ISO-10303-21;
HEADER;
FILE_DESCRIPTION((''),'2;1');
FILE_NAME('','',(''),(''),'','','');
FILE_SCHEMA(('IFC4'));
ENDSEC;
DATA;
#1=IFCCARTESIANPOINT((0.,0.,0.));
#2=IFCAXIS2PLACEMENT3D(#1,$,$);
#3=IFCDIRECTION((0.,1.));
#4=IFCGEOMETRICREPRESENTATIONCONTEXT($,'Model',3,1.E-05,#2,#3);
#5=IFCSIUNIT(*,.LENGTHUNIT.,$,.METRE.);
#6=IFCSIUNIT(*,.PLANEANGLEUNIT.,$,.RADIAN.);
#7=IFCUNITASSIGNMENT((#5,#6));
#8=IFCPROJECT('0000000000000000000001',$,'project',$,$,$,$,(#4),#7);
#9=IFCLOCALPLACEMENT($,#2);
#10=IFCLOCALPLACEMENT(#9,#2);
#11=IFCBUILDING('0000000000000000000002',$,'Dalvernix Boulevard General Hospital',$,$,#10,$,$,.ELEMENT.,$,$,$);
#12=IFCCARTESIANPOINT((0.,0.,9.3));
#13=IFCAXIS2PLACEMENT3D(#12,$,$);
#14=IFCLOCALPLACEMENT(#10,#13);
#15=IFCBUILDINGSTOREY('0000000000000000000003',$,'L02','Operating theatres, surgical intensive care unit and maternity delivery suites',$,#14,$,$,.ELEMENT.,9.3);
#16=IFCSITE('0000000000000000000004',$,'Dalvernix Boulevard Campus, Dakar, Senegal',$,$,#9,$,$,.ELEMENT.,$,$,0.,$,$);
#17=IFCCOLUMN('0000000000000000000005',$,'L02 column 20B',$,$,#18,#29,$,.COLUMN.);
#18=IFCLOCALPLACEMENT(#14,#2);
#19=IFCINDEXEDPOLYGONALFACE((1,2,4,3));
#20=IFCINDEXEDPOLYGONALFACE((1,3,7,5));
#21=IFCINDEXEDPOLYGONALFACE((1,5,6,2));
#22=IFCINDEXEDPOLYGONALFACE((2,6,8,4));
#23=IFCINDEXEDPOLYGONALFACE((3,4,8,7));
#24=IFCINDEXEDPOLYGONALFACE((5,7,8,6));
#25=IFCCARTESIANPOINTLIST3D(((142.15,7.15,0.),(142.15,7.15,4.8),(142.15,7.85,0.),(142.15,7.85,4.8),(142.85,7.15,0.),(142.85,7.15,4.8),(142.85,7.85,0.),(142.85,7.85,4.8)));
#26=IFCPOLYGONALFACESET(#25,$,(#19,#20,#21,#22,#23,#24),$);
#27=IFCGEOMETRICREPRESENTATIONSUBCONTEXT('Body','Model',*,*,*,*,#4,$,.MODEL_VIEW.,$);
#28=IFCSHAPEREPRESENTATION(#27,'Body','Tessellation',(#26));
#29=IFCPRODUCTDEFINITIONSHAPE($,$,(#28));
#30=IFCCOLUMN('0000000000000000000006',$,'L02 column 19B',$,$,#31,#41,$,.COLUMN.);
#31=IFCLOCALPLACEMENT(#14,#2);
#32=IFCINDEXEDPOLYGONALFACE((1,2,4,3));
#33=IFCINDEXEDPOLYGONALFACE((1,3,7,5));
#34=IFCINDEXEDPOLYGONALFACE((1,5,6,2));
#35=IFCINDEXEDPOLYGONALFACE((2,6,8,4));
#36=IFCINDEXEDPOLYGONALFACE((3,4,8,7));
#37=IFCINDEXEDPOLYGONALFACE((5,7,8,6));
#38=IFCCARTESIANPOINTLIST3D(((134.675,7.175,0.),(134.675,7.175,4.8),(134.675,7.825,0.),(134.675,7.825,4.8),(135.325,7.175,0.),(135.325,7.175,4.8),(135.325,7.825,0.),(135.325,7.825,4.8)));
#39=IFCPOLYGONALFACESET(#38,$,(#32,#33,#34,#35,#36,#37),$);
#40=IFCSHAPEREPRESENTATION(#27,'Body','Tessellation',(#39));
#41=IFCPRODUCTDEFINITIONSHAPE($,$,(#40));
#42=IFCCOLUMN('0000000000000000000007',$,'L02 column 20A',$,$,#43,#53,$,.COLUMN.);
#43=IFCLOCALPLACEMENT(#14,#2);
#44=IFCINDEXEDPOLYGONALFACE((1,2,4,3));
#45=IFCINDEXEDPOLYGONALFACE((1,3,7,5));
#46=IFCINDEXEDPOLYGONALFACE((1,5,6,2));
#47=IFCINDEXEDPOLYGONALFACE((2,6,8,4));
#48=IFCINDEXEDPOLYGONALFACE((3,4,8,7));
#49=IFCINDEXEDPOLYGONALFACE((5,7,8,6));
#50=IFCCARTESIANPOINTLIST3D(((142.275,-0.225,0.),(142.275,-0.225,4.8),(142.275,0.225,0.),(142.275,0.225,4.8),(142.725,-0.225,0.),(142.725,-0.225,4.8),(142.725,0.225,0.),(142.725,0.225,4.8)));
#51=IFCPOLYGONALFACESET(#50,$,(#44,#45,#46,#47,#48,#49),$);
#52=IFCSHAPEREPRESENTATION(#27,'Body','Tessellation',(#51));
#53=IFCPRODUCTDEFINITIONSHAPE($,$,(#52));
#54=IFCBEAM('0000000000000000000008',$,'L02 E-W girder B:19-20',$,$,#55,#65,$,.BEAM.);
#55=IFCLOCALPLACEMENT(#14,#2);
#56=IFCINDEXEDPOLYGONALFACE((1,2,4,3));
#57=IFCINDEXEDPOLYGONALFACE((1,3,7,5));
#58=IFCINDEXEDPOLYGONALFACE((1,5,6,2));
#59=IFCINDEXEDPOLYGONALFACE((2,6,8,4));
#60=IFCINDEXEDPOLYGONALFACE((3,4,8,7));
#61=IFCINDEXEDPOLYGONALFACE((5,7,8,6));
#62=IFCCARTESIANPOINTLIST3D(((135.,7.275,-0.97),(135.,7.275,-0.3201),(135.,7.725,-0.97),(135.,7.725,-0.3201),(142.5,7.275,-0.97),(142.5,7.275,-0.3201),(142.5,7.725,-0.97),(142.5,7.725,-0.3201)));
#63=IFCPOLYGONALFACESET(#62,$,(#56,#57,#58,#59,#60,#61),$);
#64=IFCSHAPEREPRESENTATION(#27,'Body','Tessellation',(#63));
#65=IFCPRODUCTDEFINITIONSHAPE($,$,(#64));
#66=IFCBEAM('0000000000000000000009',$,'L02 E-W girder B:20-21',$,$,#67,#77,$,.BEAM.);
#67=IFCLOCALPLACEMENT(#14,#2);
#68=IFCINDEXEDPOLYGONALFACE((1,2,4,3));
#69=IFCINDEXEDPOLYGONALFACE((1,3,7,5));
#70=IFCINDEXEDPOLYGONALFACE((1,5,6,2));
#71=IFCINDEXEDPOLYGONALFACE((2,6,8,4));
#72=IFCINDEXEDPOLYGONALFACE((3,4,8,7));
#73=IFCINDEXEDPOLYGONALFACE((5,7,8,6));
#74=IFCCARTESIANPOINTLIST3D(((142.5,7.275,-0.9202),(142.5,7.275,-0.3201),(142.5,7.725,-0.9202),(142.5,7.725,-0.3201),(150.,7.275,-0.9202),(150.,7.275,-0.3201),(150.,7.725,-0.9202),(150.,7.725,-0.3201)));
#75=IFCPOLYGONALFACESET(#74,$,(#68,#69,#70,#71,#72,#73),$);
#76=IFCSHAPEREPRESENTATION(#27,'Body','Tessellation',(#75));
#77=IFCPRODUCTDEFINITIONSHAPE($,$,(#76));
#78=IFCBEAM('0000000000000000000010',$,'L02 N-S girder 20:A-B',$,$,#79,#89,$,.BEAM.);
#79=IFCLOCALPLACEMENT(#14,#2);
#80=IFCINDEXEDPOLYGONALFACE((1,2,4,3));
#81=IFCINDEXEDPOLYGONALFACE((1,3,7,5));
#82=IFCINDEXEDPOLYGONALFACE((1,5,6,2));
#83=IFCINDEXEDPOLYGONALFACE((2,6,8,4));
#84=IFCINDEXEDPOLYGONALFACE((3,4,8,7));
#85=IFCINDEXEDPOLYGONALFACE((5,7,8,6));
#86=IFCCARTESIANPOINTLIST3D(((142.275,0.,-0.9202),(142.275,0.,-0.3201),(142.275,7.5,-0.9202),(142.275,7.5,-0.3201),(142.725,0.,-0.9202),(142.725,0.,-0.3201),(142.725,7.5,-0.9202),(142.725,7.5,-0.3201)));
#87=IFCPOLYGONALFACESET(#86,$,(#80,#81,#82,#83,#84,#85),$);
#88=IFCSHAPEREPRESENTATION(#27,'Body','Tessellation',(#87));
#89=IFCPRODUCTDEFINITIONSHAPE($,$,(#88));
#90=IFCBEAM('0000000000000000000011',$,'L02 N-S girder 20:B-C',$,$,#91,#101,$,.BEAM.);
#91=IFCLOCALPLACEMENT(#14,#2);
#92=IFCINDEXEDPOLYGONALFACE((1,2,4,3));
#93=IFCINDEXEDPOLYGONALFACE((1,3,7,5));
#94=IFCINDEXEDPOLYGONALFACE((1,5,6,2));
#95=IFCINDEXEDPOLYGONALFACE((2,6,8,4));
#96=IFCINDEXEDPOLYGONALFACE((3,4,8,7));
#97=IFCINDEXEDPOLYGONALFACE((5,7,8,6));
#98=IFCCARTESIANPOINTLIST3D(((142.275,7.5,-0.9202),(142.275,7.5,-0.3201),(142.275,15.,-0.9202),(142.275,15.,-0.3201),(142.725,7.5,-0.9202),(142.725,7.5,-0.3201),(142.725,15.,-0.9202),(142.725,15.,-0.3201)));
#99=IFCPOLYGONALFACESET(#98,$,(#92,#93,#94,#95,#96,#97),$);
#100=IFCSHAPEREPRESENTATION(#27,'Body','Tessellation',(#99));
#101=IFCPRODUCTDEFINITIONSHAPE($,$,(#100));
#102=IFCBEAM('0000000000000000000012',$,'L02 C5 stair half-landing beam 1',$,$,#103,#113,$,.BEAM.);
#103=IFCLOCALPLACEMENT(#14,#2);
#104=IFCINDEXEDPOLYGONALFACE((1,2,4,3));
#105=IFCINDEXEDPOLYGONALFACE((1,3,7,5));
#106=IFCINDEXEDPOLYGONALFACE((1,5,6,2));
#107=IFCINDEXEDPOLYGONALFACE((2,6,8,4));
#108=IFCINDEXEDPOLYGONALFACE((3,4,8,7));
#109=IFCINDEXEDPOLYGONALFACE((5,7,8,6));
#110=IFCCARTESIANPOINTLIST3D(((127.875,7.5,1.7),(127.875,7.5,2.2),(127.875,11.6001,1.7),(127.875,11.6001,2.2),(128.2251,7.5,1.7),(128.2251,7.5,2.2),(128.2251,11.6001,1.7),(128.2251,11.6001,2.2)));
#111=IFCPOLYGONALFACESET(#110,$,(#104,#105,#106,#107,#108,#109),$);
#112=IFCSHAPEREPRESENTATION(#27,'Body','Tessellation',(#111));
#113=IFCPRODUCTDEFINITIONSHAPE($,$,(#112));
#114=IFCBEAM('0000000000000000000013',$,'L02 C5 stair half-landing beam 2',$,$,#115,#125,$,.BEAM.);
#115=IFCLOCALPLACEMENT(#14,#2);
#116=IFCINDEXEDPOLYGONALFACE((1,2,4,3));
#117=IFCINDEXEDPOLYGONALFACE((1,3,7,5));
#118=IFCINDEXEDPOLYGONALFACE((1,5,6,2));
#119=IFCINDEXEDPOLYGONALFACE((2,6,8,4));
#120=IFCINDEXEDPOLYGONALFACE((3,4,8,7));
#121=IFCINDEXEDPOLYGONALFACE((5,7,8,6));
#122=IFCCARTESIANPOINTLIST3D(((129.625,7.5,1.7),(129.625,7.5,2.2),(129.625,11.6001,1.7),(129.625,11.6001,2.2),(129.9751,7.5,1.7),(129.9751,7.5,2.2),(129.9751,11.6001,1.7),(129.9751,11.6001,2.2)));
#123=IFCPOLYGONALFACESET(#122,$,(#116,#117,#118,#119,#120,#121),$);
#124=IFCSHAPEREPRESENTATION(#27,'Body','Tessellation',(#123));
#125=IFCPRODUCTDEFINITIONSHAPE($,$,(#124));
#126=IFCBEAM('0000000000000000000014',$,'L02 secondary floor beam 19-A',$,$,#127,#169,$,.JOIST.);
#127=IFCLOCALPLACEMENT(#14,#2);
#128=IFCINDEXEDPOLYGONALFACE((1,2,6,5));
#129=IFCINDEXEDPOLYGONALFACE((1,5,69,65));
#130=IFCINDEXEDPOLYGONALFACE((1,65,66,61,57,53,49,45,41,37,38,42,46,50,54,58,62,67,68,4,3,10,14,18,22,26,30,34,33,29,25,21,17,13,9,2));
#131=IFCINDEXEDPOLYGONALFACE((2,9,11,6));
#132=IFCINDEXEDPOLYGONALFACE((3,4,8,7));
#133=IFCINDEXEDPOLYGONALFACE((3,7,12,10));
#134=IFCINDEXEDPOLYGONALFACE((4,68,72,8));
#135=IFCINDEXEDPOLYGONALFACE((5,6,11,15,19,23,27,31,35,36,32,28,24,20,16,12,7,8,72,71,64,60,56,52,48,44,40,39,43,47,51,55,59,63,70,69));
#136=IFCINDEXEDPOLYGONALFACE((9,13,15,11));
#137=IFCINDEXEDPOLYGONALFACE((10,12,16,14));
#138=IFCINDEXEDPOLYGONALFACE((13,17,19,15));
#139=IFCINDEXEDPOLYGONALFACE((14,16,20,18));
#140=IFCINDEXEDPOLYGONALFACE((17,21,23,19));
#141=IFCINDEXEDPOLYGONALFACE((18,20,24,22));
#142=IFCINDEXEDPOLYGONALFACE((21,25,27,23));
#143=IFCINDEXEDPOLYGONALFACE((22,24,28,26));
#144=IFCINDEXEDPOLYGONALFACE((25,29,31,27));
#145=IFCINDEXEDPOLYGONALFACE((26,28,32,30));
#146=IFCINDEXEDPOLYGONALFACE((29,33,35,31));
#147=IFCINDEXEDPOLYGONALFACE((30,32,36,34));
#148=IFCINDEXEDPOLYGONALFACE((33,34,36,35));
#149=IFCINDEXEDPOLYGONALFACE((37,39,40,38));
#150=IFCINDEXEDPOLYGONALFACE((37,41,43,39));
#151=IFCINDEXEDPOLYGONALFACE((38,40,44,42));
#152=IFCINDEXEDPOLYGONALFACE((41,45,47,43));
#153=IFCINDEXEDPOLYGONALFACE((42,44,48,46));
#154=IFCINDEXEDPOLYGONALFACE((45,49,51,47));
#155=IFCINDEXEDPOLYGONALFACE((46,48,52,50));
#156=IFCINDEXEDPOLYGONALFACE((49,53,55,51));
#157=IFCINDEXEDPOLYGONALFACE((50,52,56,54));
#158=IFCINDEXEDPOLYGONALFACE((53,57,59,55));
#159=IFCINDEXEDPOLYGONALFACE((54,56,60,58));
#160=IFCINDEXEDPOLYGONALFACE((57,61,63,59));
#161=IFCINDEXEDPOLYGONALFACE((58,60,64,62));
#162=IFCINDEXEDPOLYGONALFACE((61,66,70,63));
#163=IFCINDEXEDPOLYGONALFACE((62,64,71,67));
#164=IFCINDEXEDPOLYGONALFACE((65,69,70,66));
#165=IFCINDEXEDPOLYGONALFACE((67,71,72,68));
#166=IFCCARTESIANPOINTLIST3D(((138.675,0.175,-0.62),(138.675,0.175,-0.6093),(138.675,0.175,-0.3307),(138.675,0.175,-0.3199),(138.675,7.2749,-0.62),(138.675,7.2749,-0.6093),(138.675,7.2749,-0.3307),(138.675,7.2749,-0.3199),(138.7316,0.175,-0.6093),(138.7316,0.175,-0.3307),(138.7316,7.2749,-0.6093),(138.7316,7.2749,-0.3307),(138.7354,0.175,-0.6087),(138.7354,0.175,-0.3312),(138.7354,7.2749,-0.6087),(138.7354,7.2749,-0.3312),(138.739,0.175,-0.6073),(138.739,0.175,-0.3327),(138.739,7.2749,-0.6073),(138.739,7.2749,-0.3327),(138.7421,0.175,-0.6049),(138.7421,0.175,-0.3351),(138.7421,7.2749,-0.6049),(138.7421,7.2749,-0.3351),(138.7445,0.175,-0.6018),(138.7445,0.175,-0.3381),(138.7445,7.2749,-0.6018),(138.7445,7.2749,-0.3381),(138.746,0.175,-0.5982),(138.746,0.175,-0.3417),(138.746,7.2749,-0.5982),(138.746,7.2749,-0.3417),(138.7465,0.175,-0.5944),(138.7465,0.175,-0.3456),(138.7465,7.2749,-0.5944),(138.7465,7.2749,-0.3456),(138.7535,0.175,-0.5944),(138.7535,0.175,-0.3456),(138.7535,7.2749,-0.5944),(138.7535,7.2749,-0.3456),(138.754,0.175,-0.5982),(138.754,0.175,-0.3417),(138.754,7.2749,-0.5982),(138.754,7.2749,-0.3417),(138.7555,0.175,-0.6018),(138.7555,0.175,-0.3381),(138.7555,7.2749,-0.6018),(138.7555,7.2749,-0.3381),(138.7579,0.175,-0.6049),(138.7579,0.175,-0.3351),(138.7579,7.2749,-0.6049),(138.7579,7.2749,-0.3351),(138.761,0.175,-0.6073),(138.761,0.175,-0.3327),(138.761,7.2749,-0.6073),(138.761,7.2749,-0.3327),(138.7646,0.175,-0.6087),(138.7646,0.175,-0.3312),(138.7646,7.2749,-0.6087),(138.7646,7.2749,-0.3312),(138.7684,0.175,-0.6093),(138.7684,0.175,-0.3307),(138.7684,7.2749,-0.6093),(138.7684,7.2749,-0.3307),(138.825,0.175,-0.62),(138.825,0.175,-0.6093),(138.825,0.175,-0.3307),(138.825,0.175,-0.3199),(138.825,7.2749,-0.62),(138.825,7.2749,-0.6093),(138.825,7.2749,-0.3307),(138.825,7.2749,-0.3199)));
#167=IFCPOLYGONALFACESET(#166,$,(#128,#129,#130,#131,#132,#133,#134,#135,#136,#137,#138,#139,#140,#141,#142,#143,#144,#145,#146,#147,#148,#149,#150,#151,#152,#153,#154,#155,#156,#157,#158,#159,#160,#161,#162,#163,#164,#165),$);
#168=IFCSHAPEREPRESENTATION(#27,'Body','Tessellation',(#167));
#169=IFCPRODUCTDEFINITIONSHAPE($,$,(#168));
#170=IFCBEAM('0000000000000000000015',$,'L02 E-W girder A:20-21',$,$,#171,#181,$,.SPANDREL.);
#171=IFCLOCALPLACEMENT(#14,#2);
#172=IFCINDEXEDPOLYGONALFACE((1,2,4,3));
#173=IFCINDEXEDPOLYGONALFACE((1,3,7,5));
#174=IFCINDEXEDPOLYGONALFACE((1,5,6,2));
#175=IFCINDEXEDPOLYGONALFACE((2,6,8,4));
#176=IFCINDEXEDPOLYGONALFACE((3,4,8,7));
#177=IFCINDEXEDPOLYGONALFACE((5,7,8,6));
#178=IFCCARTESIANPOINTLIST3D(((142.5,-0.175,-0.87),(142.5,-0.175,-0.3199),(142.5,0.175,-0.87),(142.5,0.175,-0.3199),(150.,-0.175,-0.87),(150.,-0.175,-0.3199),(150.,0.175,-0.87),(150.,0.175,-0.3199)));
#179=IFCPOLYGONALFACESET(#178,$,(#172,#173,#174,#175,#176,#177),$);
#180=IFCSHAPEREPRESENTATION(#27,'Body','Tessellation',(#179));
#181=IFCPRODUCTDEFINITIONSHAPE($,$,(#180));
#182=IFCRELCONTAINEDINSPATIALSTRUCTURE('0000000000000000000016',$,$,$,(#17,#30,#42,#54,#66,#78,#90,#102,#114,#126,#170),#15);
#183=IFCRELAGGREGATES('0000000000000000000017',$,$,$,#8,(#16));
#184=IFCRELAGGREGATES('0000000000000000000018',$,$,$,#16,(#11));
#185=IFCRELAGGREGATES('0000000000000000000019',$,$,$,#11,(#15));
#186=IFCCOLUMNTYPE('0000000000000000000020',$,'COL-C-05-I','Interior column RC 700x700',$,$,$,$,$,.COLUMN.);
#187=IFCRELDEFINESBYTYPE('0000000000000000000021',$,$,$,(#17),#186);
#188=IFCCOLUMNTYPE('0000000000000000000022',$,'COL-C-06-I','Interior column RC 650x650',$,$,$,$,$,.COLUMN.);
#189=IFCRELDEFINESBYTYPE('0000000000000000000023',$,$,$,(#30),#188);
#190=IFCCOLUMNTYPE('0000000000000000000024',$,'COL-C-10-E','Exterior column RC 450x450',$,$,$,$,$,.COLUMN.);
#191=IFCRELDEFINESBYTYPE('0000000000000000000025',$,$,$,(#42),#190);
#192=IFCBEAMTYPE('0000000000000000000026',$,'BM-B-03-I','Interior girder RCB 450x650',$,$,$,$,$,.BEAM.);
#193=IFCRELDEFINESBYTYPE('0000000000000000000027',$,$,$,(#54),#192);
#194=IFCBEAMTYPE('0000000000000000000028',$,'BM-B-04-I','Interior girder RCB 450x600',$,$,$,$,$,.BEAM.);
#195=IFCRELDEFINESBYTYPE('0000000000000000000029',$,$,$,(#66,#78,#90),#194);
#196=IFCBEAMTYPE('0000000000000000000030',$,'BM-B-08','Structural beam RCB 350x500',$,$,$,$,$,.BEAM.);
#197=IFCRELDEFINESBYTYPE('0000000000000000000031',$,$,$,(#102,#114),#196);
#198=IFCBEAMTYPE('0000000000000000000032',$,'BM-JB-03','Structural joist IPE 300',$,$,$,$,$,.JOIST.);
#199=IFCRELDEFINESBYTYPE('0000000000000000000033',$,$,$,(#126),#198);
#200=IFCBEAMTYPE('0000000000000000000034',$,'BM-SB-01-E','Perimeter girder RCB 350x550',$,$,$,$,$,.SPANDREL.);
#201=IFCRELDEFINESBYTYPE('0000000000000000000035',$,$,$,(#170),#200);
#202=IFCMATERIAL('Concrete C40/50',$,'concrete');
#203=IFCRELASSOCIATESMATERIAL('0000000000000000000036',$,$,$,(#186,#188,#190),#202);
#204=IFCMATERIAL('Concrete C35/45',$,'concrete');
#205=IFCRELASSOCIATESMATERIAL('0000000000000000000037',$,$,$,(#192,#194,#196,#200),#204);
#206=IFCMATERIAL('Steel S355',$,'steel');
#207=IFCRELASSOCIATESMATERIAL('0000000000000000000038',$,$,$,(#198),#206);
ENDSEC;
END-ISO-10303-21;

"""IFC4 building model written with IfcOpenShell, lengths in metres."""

from ifc_helpers import new_model, si_unit, direction, frame, origin, origin_2d, place, context, subcontext, project, spatial, rectangle, i_section, extrude, material, material_profile, profile_set, type_object, element, save


model = new_model("IFC4")

# Units and contexts
model_context = context("Model", 3, precision=1e-05, world=origin(), true_north=direction((0.0, 1.0)))
body_context = subcontext(model_context, "Body", "Model", "MODEL_VIEW")
ifc_project = project(units=[si_unit("LENGTHUNIT", "METRE"), si_unit("PLANEANGLEUNIT", "RADIAN")], contexts=[model_context])

# Site, building, storey
site_placement = place(None, origin())
site = spatial("IfcSite", under=ifc_project, at=site_placement, Name="Dalvernix Boulevard Campus, Dakar, Senegal", CompositionType="ELEMENT", RefElevation=0.0)
building_placement = place(site_placement, origin())
building = spatial("IfcBuilding", under=site, at=building_placement, Name="Dalvernix Boulevard General Hospital", CompositionType="ELEMENT")
storey_placement = place(building_placement, frame((0.0, 0.0, 9.3)))
storey = spatial("IfcBuildingStorey", under=building, at=storey_placement, Name="L02", Description="Operating theatres, surgical intensive care unit and maternity delivery suites", CompositionType="ELEMENT", Elevation=9.3)

# Columns
ifc_material_1 = material(Name="Concrete C40/50", Category="concrete")
ifc_material_profile_1 = material_profile(ifc_material_1, rectangle(XDim=0.7, YDim=0.7, at=origin_2d()), Name="RC 700x700")
ifc_profile_set_1 = profile_set([ifc_material_profile_1], Name="Concrete C40/50")
column_type_1 = type_object("IfcColumnType", Name="COL-C-05-I", Description="Interior column RC 700x700", PredefinedType="COLUMN", material=ifc_profile_set_1)
column_1_placement = place(storey_placement, frame((142.5, 7.5, 0.0), z_axis=(0.0, 0.0, 1.0), x_axis=(1.0, 0.0, 0.0)))
element("IfcColumn", 1, at=column_1_placement, inside=storey, type_object=column_type_1, Name="L02 column 20B", PredefinedType="COLUMN", context=body_context, shape_type="SweptSolid", body=[
    extrude(rectangle(XDim=0.7, YDim=0.7, at=origin_2d()), origin(), (0.0, 0.0, 1.0), 4.8),
])
ifc_material_profile_2 = material_profile(ifc_material_1, rectangle(XDim=0.6499, YDim=0.6499, at=origin_2d()), Name="RC 650x650")
ifc_profile_set_2 = profile_set([ifc_material_profile_2], Name="Concrete C40/50")
column_type_2 = type_object("IfcColumnType", Name="COL-C-06-I", Description="Interior column RC 650x650", PredefinedType="COLUMN", material=ifc_profile_set_2)
column_2_placement = place(storey_placement, frame((135.0, 7.5, 0.0), z_axis=(0.0, 0.0, 1.0), x_axis=(1.0, 0.0, 0.0)))
element("IfcColumn", 2, at=column_2_placement, inside=storey, type_object=column_type_2, Name="L02 column 19B", PredefinedType="COLUMN", context=body_context, shape_type="SweptSolid", body=[
    extrude(rectangle(XDim=0.6499, YDim=0.6499, at=origin_2d()), origin(), (0.0, 0.0, 1.0), 4.8),
])
ifc_material_profile_3 = material_profile(ifc_material_1, rectangle(XDim=0.45, YDim=0.45, at=origin_2d()), Name="RC 450x450")
ifc_profile_set_3 = profile_set([ifc_material_profile_3], Name="Concrete C40/50")
column_type_3 = type_object("IfcColumnType", Name="COL-C-10-E", Description="Exterior column RC 450x450", PredefinedType="COLUMN", material=ifc_profile_set_3)
column_3_placement = place(storey_placement, frame((142.5, 0.0, 0.0), z_axis=(0.0, 0.0, 1.0), x_axis=(1.0, 0.0, 0.0)))
element("IfcColumn", 3, at=column_3_placement, inside=storey, type_object=column_type_3, Name="L02 column 20A", PredefinedType="COLUMN", context=body_context, shape_type="SweptSolid", body=[
    extrude(rectangle(XDim=0.45, YDim=0.45, at=origin_2d()), origin(), (0.0, 0.0, 1.0), 4.8),
])

# Beams
ifc_material_2 = material(Name="Concrete C35/45", Category="concrete")
ifc_material_profile_4 = material_profile(ifc_material_2, rectangle(XDim=0.45, YDim=0.6499, at=origin_2d()), Name="RCB 450x650")
ifc_profile_set_4 = profile_set([ifc_material_profile_4], Name="Concrete C35/45")
beam_type_1 = type_object("IfcBeamType", Name="BM-B-03-I", Description="Interior girder RCB 450x650", PredefinedType="BEAM", material=ifc_profile_set_4)
beam_1_placement = place(storey_placement, frame((135.0, 7.5, -0.645), z_axis=(1.0, 0.0, 0.0), x_axis=(0.0, 1.0, 0.0)))
element("IfcBeam", 4, at=beam_1_placement, inside=storey, type_object=beam_type_1, Name="L02 E-W girder B:19-20", PredefinedType="BEAM", context=body_context, shape_type="SweptSolid", body=[
    extrude(rectangle(XDim=0.45, YDim=0.6499, at=origin_2d()), origin(), (0.0, 0.0, 1.0), 7.5),
])
ifc_material_profile_5 = material_profile(ifc_material_2, rectangle(XDim=0.45, YDim=0.6001, at=origin_2d()), Name="RCB 450x600")
ifc_profile_set_5 = profile_set([ifc_material_profile_5], Name="Concrete C35/45")
beam_type_2 = type_object("IfcBeamType", Name="BM-B-04-I", Description="Interior girder RCB 450x600", PredefinedType="BEAM", material=ifc_profile_set_5)
for number, where, z_axis, x_axis, name in (
    (5, (142.5, 7.5, -0.6201), (1.0, 0.0, 0.0), (0.0, 1.0, 0.0), "L02 E-W girder B:20-21"),
    (6, (142.5, 0.0, -0.6201), (0.0, 1.0, 0.0), (-1.0, 0.0, 0.0), "L02 N-S girder 20:A-B"),
    (7, (142.5, 7.5, -0.6201), (0.0, 1.0, 0.0), (-1.0, 0.0, 0.0), "L02 N-S girder 20:B-C"),
):
    element("IfcBeam", number, at=place(storey_placement, frame(where, z_axis=z_axis, x_axis=x_axis)), inside=storey, type_object=beam_type_2, Name=name, PredefinedType="BEAM", context=body_context, shape_type="SweptSolid", body=[
        extrude(rectangle(XDim=0.45, YDim=0.6001, at=origin_2d()), origin(), (0.0, 0.0, 1.0), 7.5),
    ])
ifc_material_profile_6 = material_profile(ifc_material_2, rectangle(XDim=0.3501, YDim=0.5, at=origin_2d()), Name="RCB 350x500")
ifc_profile_set_6 = profile_set([ifc_material_profile_6], Name="Concrete C35/45")
beam_type_3 = type_object("IfcBeamType", Name="BM-B-08", Description="Structural beam RCB 350x500", PredefinedType="BEAM", material=ifc_profile_set_6)
for number, where, z_axis, x_axis, name in (
    (8, (128.05, 7.5, 1.95), (0.0, 1.0, 0.0), (-1.0, 0.0, 0.0), "L02 C5 stair half-landing beam 1"),
    (9, (129.8, 7.5, 1.95), (0.0, 1.0, 0.0), (-1.0, 0.0, 0.0), "L02 C5 stair half-landing beam 2"),
):
    element("IfcBeam", number, at=place(storey_placement, frame(where, z_axis=z_axis, x_axis=x_axis)), inside=storey, type_object=beam_type_3, Name=name, PredefinedType="BEAM", context=body_context, shape_type="SweptSolid", body=[
        extrude(rectangle(XDim=0.3501, YDim=0.5, at=origin_2d()), origin(), (0.0, 0.0, 1.0), 4.1001),
    ])
ifc_material_3 = material(Name="Steel S355", Category="steel")
ifc_material_profile_7 = material_profile(ifc_material_3, i_section(OverallWidth=0.1499, OverallDepth=0.3, WebThickness=0.0071, FlangeThickness=0.0107, FilletRadius=0.0149, at=origin_2d()), Name="IPE 300")
ifc_profile_set_7 = profile_set([ifc_material_profile_7], Name="Steel S355")
beam_type_4 = type_object("IfcBeamType", Name="BM-JB-03", Description="Structural joist IPE 300", PredefinedType="JOIST", material=ifc_profile_set_7)
beam_2_placement = place(storey_placement, frame((138.75, 0.175, -0.47), z_axis=(0.0, 1.0, 0.0), x_axis=(-1.0, 0.0, 0.0)))
element("IfcBeam", 10, at=beam_2_placement, inside=storey, type_object=beam_type_4, Name="L02 secondary floor beam 19-A", PredefinedType="JOIST", context=body_context, shape_type="SweptSolid", body=[
    extrude(i_section(OverallWidth=0.1499, OverallDepth=0.3, WebThickness=0.0071, FlangeThickness=0.0107, FilletRadius=0.0149, at=origin_2d()), origin(), (0.0, 0.0, 1.0), 7.0999),
])
ifc_material_profile_8 = material_profile(ifc_material_2, rectangle(XDim=0.3501, YDim=0.55, at=origin_2d()), Name="RCB 350x550")
ifc_profile_set_8 = profile_set([ifc_material_profile_8], Name="Concrete C35/45")
beam_type_5 = type_object("IfcBeamType", Name="BM-SB-01-E", Description="Perimeter girder RCB 350x550", PredefinedType="SPANDREL", material=ifc_profile_set_8)
beam_3_placement = place(storey_placement, frame((142.5, 0.0, -0.595), z_axis=(1.0, 0.0, 0.0), x_axis=(0.0, 1.0, 0.0)))
element("IfcBeam", 11, at=beam_3_placement, inside=storey, type_object=beam_type_5, Name="L02 E-W girder A:20-21", PredefinedType="SPANDREL", context=body_context, shape_type="SweptSolid", body=[
    extrude(rectangle(XDim=0.3501, YDim=0.55, at=origin_2d()), origin(), (0.0, 0.0, 1.0), 7.5),
])

save(model, "model.ifc")
